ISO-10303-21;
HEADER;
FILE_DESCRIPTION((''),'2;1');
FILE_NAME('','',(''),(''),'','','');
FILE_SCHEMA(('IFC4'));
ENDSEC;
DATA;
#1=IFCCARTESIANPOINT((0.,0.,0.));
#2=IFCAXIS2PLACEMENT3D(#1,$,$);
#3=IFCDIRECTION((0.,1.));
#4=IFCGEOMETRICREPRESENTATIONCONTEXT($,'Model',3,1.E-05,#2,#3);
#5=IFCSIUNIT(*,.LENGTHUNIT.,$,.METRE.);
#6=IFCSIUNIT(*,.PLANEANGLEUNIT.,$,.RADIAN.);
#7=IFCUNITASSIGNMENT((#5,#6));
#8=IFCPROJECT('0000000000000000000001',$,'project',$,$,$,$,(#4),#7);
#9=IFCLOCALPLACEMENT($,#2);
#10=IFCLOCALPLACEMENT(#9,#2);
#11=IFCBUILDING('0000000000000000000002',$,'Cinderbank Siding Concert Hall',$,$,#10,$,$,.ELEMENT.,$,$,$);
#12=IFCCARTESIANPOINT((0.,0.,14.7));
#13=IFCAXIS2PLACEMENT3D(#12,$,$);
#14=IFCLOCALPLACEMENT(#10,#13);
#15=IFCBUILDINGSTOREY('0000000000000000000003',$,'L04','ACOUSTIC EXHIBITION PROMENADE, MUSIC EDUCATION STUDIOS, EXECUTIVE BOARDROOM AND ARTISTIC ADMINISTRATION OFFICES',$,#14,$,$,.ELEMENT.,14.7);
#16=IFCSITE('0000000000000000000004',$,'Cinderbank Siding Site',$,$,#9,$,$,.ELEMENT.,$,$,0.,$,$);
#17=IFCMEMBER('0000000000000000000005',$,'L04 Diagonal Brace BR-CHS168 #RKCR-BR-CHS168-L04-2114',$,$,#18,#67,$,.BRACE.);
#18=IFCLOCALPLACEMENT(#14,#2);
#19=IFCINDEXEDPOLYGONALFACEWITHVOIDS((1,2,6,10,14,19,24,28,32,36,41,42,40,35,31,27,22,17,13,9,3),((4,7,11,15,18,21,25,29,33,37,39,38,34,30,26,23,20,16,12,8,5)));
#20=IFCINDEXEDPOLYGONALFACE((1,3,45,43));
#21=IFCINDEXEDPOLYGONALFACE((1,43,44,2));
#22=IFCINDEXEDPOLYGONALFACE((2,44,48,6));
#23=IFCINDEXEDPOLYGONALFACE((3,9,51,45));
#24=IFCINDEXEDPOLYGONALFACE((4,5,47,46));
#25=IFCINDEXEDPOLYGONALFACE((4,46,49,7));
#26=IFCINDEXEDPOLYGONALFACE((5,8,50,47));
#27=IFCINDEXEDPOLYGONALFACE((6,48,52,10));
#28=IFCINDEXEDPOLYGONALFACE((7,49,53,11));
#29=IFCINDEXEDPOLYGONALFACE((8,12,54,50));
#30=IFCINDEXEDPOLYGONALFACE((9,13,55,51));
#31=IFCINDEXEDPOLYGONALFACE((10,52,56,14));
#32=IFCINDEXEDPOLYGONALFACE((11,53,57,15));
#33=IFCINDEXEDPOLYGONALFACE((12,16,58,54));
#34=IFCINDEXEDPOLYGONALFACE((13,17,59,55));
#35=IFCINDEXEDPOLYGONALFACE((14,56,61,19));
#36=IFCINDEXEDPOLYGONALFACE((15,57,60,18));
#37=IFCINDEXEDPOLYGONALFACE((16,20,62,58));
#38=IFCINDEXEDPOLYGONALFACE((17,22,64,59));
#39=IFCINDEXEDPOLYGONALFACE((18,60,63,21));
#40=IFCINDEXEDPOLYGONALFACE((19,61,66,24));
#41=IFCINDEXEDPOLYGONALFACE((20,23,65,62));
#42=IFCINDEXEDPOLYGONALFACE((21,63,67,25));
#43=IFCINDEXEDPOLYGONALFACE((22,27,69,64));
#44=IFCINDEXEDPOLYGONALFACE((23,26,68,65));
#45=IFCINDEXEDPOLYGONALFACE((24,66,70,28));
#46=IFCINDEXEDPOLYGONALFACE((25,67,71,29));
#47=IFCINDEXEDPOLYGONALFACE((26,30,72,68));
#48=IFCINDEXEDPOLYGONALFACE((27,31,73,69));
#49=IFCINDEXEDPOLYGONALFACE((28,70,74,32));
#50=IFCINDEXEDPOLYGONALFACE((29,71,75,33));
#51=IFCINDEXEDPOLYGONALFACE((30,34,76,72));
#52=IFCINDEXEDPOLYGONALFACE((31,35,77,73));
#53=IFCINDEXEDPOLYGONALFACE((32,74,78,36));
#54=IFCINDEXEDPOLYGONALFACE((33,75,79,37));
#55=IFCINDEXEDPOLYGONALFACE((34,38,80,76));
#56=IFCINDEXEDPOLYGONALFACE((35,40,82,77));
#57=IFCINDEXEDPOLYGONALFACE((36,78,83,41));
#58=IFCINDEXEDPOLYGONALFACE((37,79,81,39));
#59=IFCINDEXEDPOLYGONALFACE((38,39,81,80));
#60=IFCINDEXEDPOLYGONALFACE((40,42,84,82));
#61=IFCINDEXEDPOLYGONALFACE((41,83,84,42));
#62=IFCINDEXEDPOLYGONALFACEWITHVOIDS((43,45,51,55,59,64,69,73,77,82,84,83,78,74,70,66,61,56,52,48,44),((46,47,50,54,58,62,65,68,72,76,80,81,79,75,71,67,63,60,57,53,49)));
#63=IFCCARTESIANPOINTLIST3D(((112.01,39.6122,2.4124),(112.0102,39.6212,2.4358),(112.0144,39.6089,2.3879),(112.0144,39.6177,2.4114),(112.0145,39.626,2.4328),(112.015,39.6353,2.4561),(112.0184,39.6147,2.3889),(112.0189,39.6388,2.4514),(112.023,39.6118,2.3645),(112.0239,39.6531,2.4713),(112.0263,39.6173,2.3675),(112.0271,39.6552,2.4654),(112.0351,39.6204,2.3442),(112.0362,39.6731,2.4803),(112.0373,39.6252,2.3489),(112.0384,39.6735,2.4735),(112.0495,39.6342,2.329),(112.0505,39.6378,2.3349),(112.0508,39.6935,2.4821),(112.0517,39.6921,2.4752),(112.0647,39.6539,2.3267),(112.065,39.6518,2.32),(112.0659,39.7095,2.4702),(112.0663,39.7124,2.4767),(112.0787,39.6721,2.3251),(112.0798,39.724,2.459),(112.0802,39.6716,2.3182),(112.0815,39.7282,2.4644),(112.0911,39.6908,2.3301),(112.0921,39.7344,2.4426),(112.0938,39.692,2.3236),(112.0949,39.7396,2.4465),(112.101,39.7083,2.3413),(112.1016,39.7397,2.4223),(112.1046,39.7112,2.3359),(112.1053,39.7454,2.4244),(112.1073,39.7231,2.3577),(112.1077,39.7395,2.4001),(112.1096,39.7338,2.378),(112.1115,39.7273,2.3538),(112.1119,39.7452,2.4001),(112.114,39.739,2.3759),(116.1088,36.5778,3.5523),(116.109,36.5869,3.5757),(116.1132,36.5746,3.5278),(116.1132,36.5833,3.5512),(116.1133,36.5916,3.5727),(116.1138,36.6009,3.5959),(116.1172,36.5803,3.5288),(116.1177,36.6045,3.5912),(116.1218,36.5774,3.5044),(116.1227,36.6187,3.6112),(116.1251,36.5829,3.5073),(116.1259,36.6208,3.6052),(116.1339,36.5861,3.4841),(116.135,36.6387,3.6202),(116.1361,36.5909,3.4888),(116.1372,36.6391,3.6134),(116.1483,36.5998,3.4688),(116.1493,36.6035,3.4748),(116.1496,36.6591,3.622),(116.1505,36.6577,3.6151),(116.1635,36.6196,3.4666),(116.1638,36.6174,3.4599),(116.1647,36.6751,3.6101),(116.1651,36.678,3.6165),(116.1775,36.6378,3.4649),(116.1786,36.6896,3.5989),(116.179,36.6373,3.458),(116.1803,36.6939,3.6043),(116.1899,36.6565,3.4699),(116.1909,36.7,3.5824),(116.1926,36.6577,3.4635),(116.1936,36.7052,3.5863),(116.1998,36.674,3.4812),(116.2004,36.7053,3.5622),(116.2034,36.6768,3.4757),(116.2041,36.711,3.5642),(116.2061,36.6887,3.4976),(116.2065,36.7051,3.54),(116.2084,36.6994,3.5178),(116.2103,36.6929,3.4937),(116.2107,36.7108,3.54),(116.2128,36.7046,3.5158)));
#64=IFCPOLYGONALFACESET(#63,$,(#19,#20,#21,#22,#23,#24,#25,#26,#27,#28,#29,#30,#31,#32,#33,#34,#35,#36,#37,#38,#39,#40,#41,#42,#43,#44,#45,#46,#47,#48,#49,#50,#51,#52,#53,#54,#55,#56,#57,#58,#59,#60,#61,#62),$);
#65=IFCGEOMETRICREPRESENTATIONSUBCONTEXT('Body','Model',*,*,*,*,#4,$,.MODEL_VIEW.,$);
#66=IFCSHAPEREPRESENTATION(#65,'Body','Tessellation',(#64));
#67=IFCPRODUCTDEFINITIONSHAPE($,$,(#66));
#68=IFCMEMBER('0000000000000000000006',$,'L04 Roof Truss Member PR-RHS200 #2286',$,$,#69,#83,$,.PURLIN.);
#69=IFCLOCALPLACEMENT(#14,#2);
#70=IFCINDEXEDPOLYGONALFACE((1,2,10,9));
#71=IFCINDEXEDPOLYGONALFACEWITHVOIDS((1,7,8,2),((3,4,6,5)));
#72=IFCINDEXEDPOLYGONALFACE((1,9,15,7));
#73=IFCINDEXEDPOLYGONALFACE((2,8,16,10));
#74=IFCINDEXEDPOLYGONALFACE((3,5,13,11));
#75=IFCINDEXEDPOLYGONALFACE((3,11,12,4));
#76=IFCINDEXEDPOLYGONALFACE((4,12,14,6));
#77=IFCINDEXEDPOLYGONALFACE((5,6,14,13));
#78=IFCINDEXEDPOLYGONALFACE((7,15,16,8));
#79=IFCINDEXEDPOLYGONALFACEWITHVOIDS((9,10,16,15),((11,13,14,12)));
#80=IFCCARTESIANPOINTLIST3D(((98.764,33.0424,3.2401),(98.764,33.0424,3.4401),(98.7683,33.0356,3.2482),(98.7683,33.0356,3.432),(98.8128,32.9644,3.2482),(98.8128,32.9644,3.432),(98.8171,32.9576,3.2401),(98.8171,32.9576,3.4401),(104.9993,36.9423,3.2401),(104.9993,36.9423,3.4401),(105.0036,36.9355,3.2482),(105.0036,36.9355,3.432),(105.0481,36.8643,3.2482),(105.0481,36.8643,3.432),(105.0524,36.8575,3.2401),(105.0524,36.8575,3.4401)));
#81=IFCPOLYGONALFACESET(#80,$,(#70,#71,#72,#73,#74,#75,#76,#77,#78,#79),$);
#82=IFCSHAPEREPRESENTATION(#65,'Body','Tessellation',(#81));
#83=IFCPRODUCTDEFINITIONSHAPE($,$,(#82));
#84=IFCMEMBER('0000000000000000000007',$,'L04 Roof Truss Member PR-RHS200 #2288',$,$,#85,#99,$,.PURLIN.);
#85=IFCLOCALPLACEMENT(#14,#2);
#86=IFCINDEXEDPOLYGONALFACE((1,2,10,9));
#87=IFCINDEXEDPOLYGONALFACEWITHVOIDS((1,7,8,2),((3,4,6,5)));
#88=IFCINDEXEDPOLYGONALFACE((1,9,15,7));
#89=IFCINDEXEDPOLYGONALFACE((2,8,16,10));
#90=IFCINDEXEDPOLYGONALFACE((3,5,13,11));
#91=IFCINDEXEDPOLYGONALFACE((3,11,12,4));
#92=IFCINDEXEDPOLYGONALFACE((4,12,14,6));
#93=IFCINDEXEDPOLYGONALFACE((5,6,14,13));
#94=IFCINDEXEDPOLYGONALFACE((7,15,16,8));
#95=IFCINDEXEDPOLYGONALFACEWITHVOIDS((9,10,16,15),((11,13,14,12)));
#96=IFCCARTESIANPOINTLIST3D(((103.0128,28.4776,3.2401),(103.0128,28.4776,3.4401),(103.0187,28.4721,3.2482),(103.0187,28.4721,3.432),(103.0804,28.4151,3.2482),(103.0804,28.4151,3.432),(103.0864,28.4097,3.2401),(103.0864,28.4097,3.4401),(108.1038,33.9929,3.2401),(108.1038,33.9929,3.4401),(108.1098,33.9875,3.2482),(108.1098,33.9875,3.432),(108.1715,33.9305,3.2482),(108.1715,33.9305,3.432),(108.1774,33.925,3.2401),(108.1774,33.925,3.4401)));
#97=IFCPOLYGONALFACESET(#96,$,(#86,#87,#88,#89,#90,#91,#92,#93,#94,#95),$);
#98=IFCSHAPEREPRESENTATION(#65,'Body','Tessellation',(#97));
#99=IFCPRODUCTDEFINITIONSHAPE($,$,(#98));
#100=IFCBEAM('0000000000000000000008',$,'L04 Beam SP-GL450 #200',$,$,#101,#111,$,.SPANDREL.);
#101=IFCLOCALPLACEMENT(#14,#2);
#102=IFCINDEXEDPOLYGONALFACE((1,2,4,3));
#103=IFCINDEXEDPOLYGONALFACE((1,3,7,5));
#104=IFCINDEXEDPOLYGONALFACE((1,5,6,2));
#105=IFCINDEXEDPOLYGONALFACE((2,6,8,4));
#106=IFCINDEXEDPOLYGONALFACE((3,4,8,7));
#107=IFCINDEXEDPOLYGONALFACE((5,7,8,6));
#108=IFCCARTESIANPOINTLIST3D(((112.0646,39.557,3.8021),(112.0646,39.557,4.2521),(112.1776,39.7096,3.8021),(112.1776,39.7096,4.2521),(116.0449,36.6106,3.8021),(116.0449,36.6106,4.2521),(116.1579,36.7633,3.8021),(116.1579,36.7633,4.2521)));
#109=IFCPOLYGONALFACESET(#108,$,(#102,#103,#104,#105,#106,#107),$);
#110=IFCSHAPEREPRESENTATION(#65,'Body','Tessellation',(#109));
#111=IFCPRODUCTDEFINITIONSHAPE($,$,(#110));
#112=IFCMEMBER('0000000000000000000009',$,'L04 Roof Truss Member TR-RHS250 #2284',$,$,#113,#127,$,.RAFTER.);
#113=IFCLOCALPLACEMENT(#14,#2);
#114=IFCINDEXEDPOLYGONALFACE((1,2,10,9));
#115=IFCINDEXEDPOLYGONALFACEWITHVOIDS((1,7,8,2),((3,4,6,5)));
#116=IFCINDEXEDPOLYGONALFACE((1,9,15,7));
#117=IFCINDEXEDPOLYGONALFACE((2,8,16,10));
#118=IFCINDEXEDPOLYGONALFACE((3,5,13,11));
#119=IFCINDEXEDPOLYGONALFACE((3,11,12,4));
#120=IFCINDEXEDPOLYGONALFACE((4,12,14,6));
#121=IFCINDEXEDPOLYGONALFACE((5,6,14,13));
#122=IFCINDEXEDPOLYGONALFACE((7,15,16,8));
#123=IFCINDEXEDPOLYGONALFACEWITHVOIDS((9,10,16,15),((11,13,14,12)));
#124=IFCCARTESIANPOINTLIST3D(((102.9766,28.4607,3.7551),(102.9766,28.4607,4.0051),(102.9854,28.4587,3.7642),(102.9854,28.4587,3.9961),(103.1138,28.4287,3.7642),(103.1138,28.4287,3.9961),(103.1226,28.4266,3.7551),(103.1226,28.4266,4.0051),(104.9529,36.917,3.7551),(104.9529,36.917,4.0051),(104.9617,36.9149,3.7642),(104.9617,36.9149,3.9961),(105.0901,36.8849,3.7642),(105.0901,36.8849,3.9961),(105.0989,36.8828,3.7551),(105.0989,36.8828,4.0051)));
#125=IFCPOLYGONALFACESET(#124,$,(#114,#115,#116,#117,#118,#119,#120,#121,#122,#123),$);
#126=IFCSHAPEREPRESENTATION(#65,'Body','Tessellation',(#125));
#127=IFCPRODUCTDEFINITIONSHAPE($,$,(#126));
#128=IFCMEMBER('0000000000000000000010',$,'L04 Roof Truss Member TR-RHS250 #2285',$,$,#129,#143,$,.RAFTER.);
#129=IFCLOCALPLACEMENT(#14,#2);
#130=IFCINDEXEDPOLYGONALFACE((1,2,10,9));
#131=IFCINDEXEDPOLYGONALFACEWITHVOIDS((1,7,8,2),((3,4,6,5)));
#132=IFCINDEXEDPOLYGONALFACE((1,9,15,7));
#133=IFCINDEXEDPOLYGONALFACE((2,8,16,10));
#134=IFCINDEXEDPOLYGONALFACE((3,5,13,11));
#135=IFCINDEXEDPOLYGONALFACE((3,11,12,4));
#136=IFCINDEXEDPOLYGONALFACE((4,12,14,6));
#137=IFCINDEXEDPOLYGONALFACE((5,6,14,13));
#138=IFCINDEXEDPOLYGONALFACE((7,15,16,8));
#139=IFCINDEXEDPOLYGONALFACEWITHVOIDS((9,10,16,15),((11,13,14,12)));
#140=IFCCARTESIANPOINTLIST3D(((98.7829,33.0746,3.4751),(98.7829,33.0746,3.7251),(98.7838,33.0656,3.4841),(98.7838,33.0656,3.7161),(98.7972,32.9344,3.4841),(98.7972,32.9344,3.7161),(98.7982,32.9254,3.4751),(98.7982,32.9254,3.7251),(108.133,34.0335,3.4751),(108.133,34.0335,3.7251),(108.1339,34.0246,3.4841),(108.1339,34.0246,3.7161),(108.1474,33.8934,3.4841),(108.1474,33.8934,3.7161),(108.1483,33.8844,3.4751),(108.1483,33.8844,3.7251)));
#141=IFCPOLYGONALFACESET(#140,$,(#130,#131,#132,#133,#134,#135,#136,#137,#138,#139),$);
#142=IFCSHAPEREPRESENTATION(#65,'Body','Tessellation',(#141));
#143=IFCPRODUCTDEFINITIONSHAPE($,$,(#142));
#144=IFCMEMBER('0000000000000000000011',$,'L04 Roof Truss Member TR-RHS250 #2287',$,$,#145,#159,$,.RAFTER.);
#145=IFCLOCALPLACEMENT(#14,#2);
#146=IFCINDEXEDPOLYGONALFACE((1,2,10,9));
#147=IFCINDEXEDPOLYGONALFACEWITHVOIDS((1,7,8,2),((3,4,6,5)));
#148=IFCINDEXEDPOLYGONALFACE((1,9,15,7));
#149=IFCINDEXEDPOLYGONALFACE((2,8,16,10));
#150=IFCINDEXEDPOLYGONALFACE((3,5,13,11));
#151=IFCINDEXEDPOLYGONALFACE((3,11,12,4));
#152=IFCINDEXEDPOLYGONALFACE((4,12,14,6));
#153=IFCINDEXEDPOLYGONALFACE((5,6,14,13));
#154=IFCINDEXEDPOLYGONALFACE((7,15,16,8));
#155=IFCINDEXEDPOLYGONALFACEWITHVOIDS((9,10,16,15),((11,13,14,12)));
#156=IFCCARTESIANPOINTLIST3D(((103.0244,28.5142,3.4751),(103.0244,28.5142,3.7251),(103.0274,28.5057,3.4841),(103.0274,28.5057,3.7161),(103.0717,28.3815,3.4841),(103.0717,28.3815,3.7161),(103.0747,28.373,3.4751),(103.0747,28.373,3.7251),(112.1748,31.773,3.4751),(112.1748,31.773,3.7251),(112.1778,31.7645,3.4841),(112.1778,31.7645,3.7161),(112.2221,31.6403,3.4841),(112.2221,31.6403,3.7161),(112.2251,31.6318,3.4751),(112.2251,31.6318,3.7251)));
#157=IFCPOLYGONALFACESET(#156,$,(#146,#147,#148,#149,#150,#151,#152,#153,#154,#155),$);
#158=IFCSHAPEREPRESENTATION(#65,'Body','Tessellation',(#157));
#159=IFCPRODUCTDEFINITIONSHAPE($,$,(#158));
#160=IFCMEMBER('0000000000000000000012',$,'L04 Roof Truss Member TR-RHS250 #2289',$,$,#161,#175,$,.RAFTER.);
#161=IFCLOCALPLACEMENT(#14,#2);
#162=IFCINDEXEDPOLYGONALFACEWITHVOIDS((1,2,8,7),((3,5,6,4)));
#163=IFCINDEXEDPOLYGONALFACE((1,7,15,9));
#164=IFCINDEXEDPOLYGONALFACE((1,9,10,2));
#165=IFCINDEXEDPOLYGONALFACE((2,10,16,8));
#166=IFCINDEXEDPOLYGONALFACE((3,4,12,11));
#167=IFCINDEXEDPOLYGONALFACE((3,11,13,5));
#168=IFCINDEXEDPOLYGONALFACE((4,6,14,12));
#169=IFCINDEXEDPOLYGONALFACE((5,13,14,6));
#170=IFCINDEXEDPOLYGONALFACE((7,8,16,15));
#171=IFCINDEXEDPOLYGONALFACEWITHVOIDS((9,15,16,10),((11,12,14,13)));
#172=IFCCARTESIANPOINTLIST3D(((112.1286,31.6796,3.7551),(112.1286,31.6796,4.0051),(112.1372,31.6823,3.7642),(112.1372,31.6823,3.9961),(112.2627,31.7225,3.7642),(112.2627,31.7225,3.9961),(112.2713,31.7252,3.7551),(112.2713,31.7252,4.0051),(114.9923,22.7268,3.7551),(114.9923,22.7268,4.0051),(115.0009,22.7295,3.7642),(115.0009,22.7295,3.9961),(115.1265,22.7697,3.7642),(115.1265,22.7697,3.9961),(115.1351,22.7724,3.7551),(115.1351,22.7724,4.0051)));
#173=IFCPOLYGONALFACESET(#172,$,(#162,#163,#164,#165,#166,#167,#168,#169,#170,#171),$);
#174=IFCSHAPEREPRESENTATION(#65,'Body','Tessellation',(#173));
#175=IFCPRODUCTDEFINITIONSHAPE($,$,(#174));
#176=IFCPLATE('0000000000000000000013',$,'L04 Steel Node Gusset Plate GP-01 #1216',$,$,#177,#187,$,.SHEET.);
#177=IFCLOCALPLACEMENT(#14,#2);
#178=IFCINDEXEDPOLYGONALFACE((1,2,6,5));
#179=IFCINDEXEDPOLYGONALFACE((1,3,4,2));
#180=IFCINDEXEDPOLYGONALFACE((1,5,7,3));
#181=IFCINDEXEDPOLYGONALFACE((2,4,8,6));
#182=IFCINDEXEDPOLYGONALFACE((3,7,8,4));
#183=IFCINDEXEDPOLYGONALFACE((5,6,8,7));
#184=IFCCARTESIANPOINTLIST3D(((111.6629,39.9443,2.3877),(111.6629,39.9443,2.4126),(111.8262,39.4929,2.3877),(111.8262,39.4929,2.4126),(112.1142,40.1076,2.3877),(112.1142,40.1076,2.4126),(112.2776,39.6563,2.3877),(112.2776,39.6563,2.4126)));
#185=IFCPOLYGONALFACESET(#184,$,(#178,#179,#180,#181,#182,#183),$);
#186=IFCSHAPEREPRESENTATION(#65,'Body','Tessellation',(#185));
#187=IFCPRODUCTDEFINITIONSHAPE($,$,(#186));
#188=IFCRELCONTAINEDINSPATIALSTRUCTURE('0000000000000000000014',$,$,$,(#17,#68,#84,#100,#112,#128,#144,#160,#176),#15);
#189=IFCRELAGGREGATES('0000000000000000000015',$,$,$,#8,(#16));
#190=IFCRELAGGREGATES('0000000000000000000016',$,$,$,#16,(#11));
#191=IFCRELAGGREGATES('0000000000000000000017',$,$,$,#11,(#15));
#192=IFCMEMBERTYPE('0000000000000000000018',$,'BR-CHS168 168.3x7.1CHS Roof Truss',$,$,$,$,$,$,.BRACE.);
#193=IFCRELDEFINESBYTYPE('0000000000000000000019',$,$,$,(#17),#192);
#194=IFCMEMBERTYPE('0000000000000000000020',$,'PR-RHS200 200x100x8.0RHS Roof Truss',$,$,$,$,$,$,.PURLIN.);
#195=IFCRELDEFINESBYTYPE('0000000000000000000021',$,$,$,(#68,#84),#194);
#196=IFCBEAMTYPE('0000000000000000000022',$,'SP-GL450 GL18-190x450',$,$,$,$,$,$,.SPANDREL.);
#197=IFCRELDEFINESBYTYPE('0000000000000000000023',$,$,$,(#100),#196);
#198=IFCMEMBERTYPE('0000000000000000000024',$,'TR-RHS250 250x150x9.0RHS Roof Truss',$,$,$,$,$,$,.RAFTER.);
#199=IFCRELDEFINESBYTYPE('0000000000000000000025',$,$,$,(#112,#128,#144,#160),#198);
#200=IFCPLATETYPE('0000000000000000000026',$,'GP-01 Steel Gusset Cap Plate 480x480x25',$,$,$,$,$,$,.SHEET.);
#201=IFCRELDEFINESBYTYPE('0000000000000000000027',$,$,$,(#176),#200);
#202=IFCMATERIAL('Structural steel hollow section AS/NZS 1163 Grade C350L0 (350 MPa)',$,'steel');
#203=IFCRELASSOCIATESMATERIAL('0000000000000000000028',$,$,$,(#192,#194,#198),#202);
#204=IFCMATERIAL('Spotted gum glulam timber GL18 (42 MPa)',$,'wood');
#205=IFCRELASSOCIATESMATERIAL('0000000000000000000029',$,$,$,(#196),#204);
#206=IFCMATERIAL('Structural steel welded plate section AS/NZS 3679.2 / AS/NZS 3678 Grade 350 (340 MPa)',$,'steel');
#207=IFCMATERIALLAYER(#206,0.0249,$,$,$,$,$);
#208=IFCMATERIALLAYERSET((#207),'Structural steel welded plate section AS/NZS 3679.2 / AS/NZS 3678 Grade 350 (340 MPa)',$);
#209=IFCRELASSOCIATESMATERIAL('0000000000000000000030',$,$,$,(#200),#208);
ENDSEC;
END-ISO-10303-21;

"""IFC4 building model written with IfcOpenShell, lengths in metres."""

from ifc_helpers import new_model, si_unit, direction, frame, origin, origin_2d, place, context, subcontext, project, spatial, rectangle, hollow_rectangle, hollow_circle, extrude, material, layer, layer_set, material_profile, profile_set, type_object, element, save


model = new_model("IFC4")

# Units and contexts
model_context = context("Model", 3, precision=1e-05, world=origin(), true_north=direction((0.0, 1.0)))
body_context = subcontext(model_context, "Body", "Model", "MODEL_VIEW")
ifc_project = project(units=[si_unit("LENGTHUNIT", "METRE"), si_unit("PLANEANGLEUNIT", "RADIAN")], contexts=[model_context])

# Site, building, storey
site_placement = place(None, origin())
site = spatial("IfcSite", under=ifc_project, at=site_placement, Name="Cinderbank Siding Site", CompositionType="ELEMENT", RefElevation=0.0)
building_placement = place(site_placement, origin())
building = spatial("IfcBuilding", under=site, at=building_placement, Name="Cinderbank Siding Concert Hall", CompositionType="ELEMENT")
storey_placement = place(building_placement, frame((0.0, 0.0, 14.7)))
storey = spatial("IfcBuildingStorey", under=building, at=storey_placement, Name="L04", Description="ACOUSTIC EXHIBITION PROMENADE, MUSIC EDUCATION STUDIOS, EXECUTIVE BOARDROOM AND ARTISTIC ADMINISTRATION OFFICES", CompositionType="ELEMENT", Elevation=14.7)

# Shared definitions
ifc_material_1 = material(Name="Structural steel hollow section AS/NZS 1163 Grade C350L0 (350 MPa)", Category="steel")

# Members
ifc_material_profile_1 = material_profile(ifc_material_1, hollow_circle(Radius=0.0842, WallThickness=0.0071, at=origin_2d()), Name="168.3x7.1CHS", Category="LoadBearing")
ifc_profile_set_1 = profile_set([ifc_material_profile_1], Name="Structural steel hollow section AS/NZS 1163 Grade C350L0 (350 MPa)")
member_type_1 = type_object("IfcMemberType", Name="BR-CHS168 168.3x7.1CHS Roof Truss", PredefinedType="BRACE", material=ifc_profile_set_1)
member_1_placement = place(storey_placement, frame((112.0618, 39.6775, 2.4001), z_axis=(0.78437, -0.580674, 0.218132), x_axis=(0.595002, 0.803724, 0.0)))
element("IfcMember", 1, at=member_1_placement, inside=storey, type_object=member_type_1, Name="L04 Diagonal Brace BR-CHS168 #RKCR-BR-CHS168-L04-2114", PredefinedType="BRACE", context=body_context, shape_type="SweptSolid", body=[
    extrude(hollow_circle(Radius=0.0842, WallThickness=0.0071, at=origin_2d()), origin(), (0.0, 0.0, 1.0), 5.2256),
])
ifc_material_profile_2 = material_profile(ifc_material_1, hollow_rectangle(XDim=0.1001, YDim=0.2, WallThickness=0.0081, at=origin_2d()), Name="200x100x8.0RHS", Category="LoadBearing")
ifc_profile_set_2 = profile_set([ifc_material_profile_2], Name="Structural steel hollow section AS/NZS 1163 Grade C350L0 (350 MPa)")
member_type_2 = type_object("IfcMemberType", Name="PR-RHS200 200x100x8.0RHS Roof Truss", PredefinedType="PURLIN", material=ifc_profile_set_2)
member_2_placement = place(storey_placement, frame((105.0259, 36.8999, 3.3401), z_axis=(-0.847827, -0.530273, 0.0), x_axis=(0.530273, -0.847827, 0.0)))
element("IfcMember", 2, at=member_2_placement, inside=storey, type_object=member_type_2, Name="L04 Roof Truss Member PR-RHS200 #2286", PredefinedType="PURLIN", context=body_context, shape_type="SweptSolid", body=[
    extrude(hollow_rectangle(XDim=0.1001, YDim=0.2, WallThickness=0.0081, at=origin_2d()), origin(), (0.0, 0.0, 1.0), 7.3545),
])
member_3_placement = place(storey_placement, frame((108.1406, 33.959, 3.3401), z_axis=(-0.678276, -0.734807, 0.0), x_axis=(0.734807, -0.678276, 0.0)))
element("IfcMember", 3, at=member_3_placement, inside=storey, type_object=member_type_2, Name="L04 Roof Truss Member PR-RHS200 #2288", PredefinedType="PURLIN", context=body_context, shape_type="SweptSolid", body=[
    extrude(hollow_rectangle(XDim=0.1001, YDim=0.2, WallThickness=0.0081, at=origin_2d()), origin(), (0.0, 0.0, 1.0), 7.5059),
])

# Beam
ifc_material_2 = material(Name="Spotted gum glulam timber GL18 (42 MPa)", Category="wood")
ifc_material_profile_3 = material_profile(ifc_material_2, rectangle(XDim=0.1899, YDim=0.45, at=origin_2d()), Name="GL18-190x450", Category="LoadBearing")
ifc_profile_set_3 = profile_set([ifc_material_profile_3], Name="Spotted gum glulam timber GL18 (42 MPa)")
beam_type_1 = type_object("IfcBeamType", Name="SP-GL450 GL18-190x450", PredefinedType="SPANDREL", material=ifc_profile_set_3)
beam_1_placement = place(storey_placement, frame((112.1211, 39.6333, 4.0271), z_axis=(0.803753, -0.594963, 0.0), x_axis=(0.594963, 0.803753, 0.0)))
element("IfcBeam", 4, at=beam_1_placement, inside=storey, type_object=beam_type_1, Name="L04 Beam SP-GL450 #200", PredefinedType="SPANDREL", context=body_context, shape_type="SweptSolid", body=[
    extrude(rectangle(XDim=0.1899, YDim=0.45, at=origin_2d()), origin(), (0.0, 0.0, 1.0), 4.9521),
])

# Members
ifc_material_profile_4 = material_profile(ifc_material_1, hollow_rectangle(XDim=0.1499, YDim=0.25, WallThickness=0.009, at=origin_2d()), Name="250x150x9.0RHS", Category="LoadBearing")
ifc_profile_set_4 = profile_set([ifc_material_profile_4], Name="Structural steel hollow section AS/NZS 1163 Grade C350L0 (350 MPa)")
member_type_3 = type_object("IfcMemberType", Name="TR-RHS250 250x150x9.0RHS Roof Truss", PredefinedType="RAFTER", material=ifc_profile_set_4)
member_4_placement = place(storey_placement, frame((105.0259, 36.8999, 3.8801), z_axis=(-0.227577, -0.97376, 0.0), x_axis=(0.97376, -0.227577, 0.0)))
element("IfcMember", 5, at=member_4_placement, inside=storey, type_object=member_type_3, Name="L04 Roof Truss Member TR-RHS250 #2284", PredefinedType="RAFTER", context=body_context, shape_type="SweptSolid", body=[
    extrude(hollow_rectangle(XDim=0.1499, YDim=0.25, WallThickness=0.009, at=origin_2d()), origin(), (0.0, 0.0, 1.0), 8.6841),
])
member_5_placement = place(storey_placement, frame((108.1406, 33.959, 3.6001), z_axis=(-0.994781, -0.102029, 0.0), x_axis=(0.102029, -0.994781, 0.0)))
element("IfcMember", 6, at=member_5_placement, inside=storey, type_object=member_type_3, Name="L04 Roof Truss Member TR-RHS250 #2285", PredefinedType="RAFTER", context=body_context, shape_type="SweptSolid", body=[
    extrude(hollow_rectangle(XDim=0.1499, YDim=0.25, WallThickness=0.009, at=origin_2d()), origin(), (0.0, 0.0, 1.0), 9.3992),
])
member_6_placement = place(storey_placement, frame((112.2, 31.7024, 3.6001), z_axis=(-0.942042, -0.335496, 0.0), x_axis=(0.335496, -0.942042, 0.0)))
element("IfcMember", 7, at=member_6_placement, inside=storey, type_object=member_type_3, Name="L04 Roof Truss Member TR-RHS250 #2287", PredefinedType="RAFTER", context=body_context, shape_type="SweptSolid", body=[
    extrude(hollow_rectangle(XDim=0.1499, YDim=0.25, WallThickness=0.009, at=origin_2d()), origin(), (0.0, 0.0, 1.0), 9.7134),
])
member_7_placement = place(storey_placement, frame((112.2, 31.7024, 3.8801), z_axis=(0.304665, -0.95246, 0.0), x_axis=(0.95246, 0.304665, 0.0)))
element("IfcMember", 8, at=member_7_placement, inside=storey, type_object=member_type_3, Name="L04 Roof Truss Member TR-RHS250 #2289", PredefinedType="RAFTER", context=body_context, shape_type="SweptSolid", body=[
    extrude(hollow_rectangle(XDim=0.1499, YDim=0.25, WallThickness=0.009, at=origin_2d()), origin(), (0.0, 0.0, 1.0), 9.3997),
])

# Plate
ifc_material_3 = material(Name="Structural steel welded plate section AS/NZS 3679.2 / AS/NZS 3678 Grade 350 (340 MPa)", Category="steel")
ifc_layer_1 = layer(ifc_material_3, 0.0249)
ifc_layer_set_1 = layer_set([ifc_layer_1], Name="Structural steel welded plate section AS/NZS 3679.2 / AS/NZS 3678 Grade 350 (340 MPa)")
plate_type_1 = type_object("IfcPlateType", Name="GP-01 Steel Gusset Cap Plate 480x480x25", PredefinedType="SHEET", material=ifc_layer_set_1)
plate_1_placement = place(storey_placement, frame((111.9702, 39.8003, 2.3877), z_axis=(0.0, 0.0, 1.0), x_axis=(-0.34038, 0.940288, 0.0)))
element("IfcPlate", 9, at=plate_1_placement, inside=storey, type_object=plate_type_1, Name="L04 Steel Node Gusset Plate GP-01 #1216", PredefinedType="SHEET", context=body_context, shape_type="SweptSolid", body=[
    extrude(rectangle(XDim=0.48, YDim=0.48, at=origin_2d()), origin(), (0.0, 0.0, 1.0), 0.0249),
])

save(model, "model.ifc")
